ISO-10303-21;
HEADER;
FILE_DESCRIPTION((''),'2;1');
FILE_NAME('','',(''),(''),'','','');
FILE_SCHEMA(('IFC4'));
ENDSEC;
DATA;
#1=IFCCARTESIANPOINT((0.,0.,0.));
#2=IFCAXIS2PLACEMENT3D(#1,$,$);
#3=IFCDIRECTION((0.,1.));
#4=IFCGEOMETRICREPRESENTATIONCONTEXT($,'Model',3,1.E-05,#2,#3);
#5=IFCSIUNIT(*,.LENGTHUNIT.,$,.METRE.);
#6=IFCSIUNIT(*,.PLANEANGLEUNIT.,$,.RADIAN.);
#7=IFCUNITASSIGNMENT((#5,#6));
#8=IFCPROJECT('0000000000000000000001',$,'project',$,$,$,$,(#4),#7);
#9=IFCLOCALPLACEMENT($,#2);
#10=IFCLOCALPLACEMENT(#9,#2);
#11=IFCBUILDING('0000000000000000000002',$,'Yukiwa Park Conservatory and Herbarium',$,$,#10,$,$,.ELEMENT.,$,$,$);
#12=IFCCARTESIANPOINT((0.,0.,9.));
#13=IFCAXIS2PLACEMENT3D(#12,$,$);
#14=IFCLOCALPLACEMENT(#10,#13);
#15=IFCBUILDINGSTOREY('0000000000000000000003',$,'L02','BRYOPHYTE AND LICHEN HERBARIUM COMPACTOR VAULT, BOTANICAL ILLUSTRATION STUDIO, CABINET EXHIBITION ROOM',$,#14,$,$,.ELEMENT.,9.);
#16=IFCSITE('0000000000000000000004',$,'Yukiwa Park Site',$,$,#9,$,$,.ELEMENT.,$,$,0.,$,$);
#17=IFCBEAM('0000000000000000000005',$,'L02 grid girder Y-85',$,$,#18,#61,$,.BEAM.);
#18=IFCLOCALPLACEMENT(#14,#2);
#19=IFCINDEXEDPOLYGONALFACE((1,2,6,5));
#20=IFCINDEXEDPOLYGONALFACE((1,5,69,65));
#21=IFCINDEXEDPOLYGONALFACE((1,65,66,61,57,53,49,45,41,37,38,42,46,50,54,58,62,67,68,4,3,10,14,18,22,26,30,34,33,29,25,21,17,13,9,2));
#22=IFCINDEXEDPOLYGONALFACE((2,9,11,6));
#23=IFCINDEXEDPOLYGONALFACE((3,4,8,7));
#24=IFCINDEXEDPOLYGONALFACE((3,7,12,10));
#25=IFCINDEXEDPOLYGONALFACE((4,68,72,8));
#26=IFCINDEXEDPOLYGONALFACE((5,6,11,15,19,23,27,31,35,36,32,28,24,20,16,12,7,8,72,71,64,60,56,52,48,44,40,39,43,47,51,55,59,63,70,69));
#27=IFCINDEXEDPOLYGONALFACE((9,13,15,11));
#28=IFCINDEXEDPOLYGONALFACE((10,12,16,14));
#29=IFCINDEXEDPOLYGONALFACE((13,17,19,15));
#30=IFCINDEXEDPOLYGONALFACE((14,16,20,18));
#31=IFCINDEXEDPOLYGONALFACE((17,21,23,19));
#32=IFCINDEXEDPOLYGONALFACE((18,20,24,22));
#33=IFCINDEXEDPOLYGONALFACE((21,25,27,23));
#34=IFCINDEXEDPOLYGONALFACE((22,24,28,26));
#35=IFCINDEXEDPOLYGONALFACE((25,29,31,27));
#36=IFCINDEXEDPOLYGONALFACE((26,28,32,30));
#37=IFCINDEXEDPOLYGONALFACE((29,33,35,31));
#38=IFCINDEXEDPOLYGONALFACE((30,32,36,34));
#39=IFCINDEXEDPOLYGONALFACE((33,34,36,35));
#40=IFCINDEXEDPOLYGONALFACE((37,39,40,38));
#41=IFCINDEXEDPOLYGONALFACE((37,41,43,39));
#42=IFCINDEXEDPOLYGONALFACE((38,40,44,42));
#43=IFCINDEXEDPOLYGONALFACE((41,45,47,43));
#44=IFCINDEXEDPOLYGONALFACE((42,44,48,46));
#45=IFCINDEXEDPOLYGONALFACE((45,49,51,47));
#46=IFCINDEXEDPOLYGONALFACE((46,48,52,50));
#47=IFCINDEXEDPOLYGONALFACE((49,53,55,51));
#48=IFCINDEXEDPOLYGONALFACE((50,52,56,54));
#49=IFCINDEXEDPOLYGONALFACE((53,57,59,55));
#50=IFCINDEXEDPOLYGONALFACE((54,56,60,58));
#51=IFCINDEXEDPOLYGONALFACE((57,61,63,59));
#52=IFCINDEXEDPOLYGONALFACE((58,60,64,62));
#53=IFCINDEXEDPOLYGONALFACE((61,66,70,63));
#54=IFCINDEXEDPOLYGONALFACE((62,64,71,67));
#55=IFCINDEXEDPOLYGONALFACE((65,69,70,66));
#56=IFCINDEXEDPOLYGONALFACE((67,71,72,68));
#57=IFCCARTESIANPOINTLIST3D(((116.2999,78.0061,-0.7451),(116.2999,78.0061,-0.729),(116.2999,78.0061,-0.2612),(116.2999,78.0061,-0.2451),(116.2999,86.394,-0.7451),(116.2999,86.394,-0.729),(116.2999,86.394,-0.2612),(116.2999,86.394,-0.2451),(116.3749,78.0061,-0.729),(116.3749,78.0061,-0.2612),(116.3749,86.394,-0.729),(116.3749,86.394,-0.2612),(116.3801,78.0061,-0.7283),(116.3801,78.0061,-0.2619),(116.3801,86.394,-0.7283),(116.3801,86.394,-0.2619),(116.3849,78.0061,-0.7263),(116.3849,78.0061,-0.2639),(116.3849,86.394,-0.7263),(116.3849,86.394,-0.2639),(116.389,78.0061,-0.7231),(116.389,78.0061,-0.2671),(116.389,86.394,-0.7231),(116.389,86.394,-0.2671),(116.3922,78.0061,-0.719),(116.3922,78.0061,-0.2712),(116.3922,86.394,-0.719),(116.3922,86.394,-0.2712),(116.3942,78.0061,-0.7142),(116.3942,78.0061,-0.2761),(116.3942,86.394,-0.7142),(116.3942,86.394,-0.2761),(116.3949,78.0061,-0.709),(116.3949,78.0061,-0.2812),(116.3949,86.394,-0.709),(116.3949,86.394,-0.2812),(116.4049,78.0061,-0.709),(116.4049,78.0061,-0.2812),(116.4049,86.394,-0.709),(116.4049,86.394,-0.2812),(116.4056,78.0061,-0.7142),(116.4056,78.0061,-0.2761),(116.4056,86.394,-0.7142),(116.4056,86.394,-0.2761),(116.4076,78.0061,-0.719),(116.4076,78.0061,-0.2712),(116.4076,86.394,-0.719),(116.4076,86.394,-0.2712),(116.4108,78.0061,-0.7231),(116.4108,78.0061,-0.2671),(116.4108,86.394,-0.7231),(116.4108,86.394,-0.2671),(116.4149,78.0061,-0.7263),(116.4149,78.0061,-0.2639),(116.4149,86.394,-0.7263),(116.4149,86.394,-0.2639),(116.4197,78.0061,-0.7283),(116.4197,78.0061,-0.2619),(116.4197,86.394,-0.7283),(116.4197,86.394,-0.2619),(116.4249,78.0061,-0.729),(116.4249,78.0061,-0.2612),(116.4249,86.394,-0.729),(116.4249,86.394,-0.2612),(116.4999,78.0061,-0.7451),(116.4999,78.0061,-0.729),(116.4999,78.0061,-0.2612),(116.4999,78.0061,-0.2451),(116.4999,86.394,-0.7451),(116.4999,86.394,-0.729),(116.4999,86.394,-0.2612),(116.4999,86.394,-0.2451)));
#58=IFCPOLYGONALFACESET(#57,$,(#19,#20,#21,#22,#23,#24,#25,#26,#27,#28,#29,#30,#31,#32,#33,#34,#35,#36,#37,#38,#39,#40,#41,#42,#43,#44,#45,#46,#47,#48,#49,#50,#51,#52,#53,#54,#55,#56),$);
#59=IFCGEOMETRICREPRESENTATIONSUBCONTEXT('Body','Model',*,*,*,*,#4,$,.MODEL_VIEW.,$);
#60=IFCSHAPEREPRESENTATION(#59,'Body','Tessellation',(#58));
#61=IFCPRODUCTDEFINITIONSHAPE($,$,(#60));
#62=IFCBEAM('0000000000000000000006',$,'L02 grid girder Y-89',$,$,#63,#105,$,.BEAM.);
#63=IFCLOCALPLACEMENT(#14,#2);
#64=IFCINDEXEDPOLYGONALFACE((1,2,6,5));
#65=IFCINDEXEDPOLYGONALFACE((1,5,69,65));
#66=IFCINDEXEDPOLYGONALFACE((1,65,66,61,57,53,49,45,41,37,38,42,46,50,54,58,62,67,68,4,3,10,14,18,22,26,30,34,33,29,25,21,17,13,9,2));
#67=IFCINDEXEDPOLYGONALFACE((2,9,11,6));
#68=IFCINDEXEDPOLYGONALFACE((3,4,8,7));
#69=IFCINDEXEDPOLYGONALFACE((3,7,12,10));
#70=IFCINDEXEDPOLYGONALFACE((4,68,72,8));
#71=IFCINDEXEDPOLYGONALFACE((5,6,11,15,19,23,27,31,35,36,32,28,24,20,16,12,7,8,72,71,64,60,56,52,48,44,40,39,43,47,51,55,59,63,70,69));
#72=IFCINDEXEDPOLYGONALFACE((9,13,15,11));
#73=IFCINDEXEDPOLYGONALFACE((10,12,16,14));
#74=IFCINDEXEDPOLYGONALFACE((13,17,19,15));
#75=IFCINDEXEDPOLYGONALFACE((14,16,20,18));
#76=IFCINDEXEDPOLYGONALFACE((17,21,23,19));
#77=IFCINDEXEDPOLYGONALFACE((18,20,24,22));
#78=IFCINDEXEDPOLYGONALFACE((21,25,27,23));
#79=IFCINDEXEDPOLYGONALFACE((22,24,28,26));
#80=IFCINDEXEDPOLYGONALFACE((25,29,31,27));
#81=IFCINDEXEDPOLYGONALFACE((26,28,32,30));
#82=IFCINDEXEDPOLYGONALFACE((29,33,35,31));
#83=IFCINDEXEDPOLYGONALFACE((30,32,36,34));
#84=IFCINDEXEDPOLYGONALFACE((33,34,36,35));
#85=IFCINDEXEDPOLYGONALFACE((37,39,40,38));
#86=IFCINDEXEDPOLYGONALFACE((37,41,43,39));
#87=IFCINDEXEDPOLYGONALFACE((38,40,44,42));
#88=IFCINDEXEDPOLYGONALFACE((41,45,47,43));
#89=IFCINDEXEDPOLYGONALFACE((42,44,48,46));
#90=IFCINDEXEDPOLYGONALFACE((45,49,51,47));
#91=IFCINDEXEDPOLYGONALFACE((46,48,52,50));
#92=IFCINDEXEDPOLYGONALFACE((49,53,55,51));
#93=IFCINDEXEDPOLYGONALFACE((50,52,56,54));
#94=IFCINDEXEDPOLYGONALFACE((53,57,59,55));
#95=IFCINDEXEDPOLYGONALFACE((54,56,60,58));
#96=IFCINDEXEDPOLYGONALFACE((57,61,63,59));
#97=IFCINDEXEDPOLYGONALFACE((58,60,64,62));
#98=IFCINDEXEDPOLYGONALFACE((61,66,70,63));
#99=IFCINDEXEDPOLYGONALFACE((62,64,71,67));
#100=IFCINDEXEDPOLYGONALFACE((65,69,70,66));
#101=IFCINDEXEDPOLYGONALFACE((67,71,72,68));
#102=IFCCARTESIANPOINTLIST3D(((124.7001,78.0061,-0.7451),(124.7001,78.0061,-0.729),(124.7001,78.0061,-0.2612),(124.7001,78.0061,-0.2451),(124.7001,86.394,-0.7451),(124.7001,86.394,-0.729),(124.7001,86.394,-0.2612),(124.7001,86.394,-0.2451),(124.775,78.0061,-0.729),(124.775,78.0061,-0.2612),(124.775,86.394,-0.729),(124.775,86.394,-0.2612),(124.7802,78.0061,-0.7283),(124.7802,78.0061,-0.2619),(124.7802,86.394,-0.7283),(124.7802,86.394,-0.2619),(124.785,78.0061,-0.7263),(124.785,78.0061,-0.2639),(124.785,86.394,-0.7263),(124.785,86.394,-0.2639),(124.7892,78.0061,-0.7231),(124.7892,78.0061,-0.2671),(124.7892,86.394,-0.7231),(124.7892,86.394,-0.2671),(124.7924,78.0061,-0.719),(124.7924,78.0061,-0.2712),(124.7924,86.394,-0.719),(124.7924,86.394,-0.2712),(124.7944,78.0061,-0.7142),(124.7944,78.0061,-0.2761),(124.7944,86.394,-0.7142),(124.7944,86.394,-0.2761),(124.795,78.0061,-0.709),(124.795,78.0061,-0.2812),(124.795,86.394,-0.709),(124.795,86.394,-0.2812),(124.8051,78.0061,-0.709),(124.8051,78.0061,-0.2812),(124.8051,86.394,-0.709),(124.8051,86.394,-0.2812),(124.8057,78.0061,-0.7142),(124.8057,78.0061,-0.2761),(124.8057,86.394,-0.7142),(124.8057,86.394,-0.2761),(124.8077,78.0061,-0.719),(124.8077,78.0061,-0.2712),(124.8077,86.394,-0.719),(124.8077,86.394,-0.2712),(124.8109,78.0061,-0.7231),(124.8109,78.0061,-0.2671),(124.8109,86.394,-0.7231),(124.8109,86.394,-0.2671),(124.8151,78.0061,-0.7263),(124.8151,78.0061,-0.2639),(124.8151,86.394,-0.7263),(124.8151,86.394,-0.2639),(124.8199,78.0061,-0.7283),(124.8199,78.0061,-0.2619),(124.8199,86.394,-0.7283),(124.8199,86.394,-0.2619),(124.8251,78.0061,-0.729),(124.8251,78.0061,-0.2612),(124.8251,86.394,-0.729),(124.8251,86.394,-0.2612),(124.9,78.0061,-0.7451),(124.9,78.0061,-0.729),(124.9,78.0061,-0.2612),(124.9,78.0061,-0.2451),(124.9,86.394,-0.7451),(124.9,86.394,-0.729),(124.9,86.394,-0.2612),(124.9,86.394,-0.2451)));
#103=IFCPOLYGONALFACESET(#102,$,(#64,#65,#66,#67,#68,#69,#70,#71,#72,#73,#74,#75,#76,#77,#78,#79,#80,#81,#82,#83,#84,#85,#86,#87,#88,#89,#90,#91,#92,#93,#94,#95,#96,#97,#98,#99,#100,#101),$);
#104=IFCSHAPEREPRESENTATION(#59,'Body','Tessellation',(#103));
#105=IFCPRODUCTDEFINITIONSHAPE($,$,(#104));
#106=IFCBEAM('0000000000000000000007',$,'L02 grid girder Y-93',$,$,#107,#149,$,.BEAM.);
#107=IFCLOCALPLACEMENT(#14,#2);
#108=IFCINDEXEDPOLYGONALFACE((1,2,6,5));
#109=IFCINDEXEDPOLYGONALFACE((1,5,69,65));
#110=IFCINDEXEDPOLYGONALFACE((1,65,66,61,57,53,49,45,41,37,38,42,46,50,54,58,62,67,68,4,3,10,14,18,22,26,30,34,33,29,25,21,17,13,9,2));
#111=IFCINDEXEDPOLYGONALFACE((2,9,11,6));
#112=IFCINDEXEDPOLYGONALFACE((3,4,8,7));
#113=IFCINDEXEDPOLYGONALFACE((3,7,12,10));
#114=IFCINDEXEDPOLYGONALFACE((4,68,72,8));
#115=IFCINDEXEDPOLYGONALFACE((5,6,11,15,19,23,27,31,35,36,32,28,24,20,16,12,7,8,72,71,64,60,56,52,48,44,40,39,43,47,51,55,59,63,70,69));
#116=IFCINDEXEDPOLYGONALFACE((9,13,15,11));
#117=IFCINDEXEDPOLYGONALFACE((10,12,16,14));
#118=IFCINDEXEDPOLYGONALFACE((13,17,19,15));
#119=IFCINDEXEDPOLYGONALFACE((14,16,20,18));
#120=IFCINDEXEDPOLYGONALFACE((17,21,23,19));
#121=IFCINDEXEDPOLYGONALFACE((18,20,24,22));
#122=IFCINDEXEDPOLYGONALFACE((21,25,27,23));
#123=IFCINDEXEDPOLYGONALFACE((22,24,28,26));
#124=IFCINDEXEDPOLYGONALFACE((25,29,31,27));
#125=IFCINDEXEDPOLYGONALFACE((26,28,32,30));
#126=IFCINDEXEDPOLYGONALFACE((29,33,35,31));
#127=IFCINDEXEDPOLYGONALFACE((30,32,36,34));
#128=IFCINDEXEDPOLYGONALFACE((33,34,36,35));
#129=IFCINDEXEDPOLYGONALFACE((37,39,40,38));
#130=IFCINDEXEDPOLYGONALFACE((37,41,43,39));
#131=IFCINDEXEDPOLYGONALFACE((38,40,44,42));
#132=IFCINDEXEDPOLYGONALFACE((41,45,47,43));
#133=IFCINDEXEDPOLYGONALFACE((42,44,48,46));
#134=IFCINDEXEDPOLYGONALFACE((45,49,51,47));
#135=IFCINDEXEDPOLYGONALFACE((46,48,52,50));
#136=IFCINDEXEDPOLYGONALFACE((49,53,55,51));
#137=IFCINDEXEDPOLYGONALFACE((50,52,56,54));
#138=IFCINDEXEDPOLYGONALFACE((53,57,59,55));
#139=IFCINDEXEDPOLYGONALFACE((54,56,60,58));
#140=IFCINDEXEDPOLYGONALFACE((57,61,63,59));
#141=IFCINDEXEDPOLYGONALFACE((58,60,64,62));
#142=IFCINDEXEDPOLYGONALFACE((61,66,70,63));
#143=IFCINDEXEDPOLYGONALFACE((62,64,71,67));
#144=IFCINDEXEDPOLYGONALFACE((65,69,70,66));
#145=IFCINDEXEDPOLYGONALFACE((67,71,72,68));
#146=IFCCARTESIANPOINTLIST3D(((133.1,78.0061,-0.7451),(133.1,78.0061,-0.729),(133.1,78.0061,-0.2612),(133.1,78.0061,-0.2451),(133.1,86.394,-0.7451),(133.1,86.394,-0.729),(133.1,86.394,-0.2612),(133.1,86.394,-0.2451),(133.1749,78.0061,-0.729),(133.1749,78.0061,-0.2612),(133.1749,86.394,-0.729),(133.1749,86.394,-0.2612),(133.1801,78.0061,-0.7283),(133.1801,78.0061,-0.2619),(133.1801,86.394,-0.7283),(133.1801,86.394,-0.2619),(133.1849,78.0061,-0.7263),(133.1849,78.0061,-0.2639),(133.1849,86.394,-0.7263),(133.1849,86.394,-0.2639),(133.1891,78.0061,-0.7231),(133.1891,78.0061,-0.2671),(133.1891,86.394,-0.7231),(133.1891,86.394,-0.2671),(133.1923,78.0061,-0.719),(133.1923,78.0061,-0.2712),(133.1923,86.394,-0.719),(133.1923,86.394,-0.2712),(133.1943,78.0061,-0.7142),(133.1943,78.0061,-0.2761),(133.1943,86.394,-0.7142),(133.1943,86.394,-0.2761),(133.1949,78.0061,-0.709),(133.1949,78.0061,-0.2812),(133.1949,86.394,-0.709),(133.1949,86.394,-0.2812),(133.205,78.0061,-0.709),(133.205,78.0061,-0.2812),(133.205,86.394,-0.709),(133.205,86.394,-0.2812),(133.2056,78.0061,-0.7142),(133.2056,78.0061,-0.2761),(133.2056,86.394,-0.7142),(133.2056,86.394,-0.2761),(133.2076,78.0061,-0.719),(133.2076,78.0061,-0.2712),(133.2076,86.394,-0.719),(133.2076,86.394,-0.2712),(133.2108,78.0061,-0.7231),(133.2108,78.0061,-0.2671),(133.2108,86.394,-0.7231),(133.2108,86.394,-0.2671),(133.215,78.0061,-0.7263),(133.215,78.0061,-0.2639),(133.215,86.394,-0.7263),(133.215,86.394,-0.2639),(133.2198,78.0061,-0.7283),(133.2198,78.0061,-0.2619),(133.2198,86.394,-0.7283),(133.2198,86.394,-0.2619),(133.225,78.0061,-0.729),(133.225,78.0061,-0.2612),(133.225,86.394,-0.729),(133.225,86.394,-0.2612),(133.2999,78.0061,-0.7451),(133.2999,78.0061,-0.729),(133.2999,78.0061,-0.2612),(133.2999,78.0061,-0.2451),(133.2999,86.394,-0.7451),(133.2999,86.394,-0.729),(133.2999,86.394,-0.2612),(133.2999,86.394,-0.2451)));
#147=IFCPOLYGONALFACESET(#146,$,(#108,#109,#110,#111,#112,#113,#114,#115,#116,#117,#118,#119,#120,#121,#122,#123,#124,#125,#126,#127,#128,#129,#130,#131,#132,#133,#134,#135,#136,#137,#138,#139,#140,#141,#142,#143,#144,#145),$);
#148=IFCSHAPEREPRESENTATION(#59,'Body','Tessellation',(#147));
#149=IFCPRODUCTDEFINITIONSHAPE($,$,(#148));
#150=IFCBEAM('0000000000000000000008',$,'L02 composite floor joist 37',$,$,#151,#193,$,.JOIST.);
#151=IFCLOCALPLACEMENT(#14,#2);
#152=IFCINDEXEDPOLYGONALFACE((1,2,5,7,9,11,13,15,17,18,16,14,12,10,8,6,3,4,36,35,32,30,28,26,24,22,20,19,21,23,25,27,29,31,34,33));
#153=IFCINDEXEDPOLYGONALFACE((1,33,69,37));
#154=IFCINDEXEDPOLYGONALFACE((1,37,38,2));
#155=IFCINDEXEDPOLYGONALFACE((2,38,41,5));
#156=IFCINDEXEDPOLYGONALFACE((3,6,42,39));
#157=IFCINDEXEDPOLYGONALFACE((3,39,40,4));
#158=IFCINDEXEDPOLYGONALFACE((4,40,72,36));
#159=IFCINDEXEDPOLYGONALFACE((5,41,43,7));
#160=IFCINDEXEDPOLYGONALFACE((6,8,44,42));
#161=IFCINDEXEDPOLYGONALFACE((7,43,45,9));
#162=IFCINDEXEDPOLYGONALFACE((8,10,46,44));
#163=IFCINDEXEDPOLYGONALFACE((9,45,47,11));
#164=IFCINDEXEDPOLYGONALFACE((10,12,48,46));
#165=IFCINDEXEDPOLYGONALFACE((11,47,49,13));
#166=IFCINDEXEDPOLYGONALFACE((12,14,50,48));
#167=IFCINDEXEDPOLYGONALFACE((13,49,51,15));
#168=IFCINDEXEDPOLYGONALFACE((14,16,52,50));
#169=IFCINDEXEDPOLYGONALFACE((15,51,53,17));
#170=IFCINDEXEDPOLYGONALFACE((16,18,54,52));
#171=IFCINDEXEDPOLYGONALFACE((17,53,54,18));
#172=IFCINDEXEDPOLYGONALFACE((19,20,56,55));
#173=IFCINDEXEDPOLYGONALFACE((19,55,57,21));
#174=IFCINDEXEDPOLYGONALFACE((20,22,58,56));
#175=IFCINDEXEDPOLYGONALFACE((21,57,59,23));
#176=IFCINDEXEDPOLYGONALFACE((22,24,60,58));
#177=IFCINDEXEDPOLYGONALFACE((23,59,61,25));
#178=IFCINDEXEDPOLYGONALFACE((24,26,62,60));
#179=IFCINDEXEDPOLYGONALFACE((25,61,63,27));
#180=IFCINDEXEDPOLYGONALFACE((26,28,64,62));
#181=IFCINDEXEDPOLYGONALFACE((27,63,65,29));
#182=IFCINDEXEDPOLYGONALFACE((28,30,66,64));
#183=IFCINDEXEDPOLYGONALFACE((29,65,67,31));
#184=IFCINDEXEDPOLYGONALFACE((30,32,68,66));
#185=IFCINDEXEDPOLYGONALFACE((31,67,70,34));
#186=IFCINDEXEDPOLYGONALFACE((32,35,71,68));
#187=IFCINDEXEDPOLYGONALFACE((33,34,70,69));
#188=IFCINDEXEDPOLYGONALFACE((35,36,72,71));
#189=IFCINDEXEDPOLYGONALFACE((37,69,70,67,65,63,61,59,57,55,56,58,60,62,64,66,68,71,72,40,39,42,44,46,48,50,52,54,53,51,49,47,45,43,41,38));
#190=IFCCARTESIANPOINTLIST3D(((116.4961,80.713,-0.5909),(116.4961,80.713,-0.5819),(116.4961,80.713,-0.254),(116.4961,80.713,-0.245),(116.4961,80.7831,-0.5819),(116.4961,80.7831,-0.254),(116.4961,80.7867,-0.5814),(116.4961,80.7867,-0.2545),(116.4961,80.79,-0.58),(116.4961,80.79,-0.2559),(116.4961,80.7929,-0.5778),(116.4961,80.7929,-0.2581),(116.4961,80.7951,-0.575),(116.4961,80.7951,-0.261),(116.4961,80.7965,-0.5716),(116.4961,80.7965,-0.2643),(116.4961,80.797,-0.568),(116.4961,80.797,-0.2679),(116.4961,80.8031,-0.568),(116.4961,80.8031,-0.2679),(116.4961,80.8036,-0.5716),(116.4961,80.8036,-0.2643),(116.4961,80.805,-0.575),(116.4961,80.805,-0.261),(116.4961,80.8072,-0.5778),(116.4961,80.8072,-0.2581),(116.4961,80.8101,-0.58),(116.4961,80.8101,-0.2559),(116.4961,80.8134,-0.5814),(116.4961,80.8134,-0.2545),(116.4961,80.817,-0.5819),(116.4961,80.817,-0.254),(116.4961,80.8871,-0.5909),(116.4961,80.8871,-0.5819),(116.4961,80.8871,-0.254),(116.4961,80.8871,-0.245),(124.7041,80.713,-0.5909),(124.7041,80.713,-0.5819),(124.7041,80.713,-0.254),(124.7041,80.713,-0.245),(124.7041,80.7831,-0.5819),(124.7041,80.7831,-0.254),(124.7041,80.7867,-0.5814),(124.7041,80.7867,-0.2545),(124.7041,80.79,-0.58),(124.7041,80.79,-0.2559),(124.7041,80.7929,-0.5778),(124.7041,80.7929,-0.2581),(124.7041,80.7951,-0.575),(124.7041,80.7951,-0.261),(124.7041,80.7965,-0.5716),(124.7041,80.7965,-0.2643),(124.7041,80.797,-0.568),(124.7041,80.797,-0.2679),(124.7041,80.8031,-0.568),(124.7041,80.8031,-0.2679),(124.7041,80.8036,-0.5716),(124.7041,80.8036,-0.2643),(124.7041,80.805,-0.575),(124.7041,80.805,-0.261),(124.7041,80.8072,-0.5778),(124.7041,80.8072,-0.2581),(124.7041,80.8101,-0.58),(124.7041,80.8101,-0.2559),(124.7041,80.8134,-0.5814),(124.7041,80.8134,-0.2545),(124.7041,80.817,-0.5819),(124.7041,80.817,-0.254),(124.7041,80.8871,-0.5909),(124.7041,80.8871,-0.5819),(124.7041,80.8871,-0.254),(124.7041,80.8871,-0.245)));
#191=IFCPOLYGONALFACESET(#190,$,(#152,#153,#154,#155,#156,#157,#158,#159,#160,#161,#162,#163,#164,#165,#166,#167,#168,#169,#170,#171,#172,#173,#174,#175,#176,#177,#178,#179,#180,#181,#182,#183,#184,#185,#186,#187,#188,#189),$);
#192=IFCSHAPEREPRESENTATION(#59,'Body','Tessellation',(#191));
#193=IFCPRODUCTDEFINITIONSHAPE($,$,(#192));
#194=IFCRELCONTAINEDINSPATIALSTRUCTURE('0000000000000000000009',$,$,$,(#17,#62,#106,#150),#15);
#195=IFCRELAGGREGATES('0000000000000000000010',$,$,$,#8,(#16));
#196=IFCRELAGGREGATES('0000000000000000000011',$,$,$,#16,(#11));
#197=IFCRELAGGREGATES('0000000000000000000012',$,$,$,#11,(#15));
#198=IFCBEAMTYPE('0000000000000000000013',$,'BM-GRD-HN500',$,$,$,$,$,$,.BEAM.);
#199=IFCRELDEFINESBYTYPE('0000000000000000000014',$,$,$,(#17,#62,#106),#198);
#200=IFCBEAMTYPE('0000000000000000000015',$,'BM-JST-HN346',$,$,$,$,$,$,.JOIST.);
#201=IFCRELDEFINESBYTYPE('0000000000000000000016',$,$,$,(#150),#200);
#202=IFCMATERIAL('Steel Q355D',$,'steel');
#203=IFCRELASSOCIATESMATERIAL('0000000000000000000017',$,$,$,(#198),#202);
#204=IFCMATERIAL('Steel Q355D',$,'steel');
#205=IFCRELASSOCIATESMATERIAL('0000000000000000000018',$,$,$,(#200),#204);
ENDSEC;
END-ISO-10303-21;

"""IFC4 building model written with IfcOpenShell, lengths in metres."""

from ifc_helpers import new_model, si_unit, direction, frame, origin, origin_2d, place, context, subcontext, project, spatial, i_section, extrude, material, material_profile, profile_set, type_object, element, save


model = new_model("IFC4")

# Units and contexts
model_context = context("Model", 3, precision=1e-05, world=origin(), true_north=direction((0.0, 1.0)))
body_context = subcontext(model_context, "Body", "Model", "MODEL_VIEW")
ifc_project = project(units=[si_unit("LENGTHUNIT", "METRE"), si_unit("PLANEANGLEUNIT", "RADIAN")], contexts=[model_context])

# Site, building, storey
site_placement = place(None, origin())
site = spatial("IfcSite", under=ifc_project, at=site_placement, Name="Yukiwa Park Site", CompositionType="ELEMENT", RefElevation=0.0)
building_placement = place(site_placement, origin())
building = spatial("IfcBuilding", under=site, at=building_placement, Name="Yukiwa Park Conservatory and Herbarium", CompositionType="ELEMENT")
storey_placement = place(building_placement, frame((0.0, 0.0, 9.0)))
storey = spatial("IfcBuildingStorey", under=building, at=storey_placement, Name="L02", Description="BRYOPHYTE AND LICHEN HERBARIUM COMPACTOR VAULT, BOTANICAL ILLUSTRATION STUDIO, CABINET EXHIBITION ROOM", CompositionType="ELEMENT", Elevation=9.0)

# Beams
ifc_material_1 = material(Name="Steel Q355D", Category="steel")
ifc_material_profile_1 = material_profile(ifc_material_1, i_section(OverallWidth=0.2, OverallDepth=0.5, WebThickness=0.01, FlangeThickness=0.0161, FilletRadius=0.02, at=origin_2d()), Name="HN 500x200x10x16")
ifc_profile_set_1 = profile_set([ifc_material_profile_1], Name="Steel Q355D")
beam_type_1 = type_object("IfcBeamType", Name="BM-GRD-HN500", PredefinedType="BEAM", material=ifc_profile_set_1)
for number, where, z_axis, x_axis, name in (
    (1, (116.3999, 78.0061, -0.4951), (0.0, 1.0, 0.0), (-1.0, 0.0, 0.0), "L02 grid girder Y-85"),
    (2, (124.8, 78.0061, -0.4951), (0.0, 1.0, 0.0), (-1.0, 0.0, 0.0), "L02 grid girder Y-89"),
    (3, (133.2, 78.0061, -0.4951), (0.0, 1.0, 0.0), (-1.0, 0.0, 0.0), "L02 grid girder Y-93"),
):
    element("IfcBeam", number, at=place(storey_placement, frame(where, z_axis=z_axis, x_axis=x_axis)), inside=storey, type_object=beam_type_1, Name=name, PredefinedType="BEAM", context=body_context, shape_type="SweptSolid", body=[
        extrude(i_section(OverallWidth=0.2, OverallDepth=0.5, WebThickness=0.01, FlangeThickness=0.0161, FilletRadius=0.02, at=origin_2d()), origin(), (0.0, 0.0, 1.0), 8.3879),
    ])
ifc_material_2 = material(Name="Steel Q355D", Category="steel")
ifc_material_profile_2 = material_profile(ifc_material_2, i_section(OverallWidth=0.1741, OverallDepth=0.3459, WebThickness=0.0061, FlangeThickness=0.009, FilletRadius=0.0139, at=origin_2d()), Name="HN 346x174x6x9")
ifc_profile_set_2 = profile_set([ifc_material_profile_2], Name="Steel Q355D")
beam_type_2 = type_object("IfcBeamType", Name="BM-JST-HN346", PredefinedType="JOIST", material=ifc_profile_set_2)
for number, where, z_axis, x_axis, name in (
    (4, (116.4961, 80.8, -0.418), (1.0, 0.0, 0.0), (0.0, 1.0, 0.0), "L02 composite floor joist 37"),
):
    element("IfcBeam", number, at=place(storey_placement, frame(where, z_axis=z_axis, x_axis=x_axis)), inside=storey, type_object=beam_type_2, Name=name, PredefinedType="JOIST", context=body_context, shape_type="SweptSolid", body=[
        extrude(i_section(OverallWidth=0.1741, OverallDepth=0.3459, WebThickness=0.0061, FlangeThickness=0.009, FilletRadius=0.0139, at=origin_2d()), origin(), (0.0, 0.0, 1.0), 8.208),
    ])

save(model, "model.ifc")
